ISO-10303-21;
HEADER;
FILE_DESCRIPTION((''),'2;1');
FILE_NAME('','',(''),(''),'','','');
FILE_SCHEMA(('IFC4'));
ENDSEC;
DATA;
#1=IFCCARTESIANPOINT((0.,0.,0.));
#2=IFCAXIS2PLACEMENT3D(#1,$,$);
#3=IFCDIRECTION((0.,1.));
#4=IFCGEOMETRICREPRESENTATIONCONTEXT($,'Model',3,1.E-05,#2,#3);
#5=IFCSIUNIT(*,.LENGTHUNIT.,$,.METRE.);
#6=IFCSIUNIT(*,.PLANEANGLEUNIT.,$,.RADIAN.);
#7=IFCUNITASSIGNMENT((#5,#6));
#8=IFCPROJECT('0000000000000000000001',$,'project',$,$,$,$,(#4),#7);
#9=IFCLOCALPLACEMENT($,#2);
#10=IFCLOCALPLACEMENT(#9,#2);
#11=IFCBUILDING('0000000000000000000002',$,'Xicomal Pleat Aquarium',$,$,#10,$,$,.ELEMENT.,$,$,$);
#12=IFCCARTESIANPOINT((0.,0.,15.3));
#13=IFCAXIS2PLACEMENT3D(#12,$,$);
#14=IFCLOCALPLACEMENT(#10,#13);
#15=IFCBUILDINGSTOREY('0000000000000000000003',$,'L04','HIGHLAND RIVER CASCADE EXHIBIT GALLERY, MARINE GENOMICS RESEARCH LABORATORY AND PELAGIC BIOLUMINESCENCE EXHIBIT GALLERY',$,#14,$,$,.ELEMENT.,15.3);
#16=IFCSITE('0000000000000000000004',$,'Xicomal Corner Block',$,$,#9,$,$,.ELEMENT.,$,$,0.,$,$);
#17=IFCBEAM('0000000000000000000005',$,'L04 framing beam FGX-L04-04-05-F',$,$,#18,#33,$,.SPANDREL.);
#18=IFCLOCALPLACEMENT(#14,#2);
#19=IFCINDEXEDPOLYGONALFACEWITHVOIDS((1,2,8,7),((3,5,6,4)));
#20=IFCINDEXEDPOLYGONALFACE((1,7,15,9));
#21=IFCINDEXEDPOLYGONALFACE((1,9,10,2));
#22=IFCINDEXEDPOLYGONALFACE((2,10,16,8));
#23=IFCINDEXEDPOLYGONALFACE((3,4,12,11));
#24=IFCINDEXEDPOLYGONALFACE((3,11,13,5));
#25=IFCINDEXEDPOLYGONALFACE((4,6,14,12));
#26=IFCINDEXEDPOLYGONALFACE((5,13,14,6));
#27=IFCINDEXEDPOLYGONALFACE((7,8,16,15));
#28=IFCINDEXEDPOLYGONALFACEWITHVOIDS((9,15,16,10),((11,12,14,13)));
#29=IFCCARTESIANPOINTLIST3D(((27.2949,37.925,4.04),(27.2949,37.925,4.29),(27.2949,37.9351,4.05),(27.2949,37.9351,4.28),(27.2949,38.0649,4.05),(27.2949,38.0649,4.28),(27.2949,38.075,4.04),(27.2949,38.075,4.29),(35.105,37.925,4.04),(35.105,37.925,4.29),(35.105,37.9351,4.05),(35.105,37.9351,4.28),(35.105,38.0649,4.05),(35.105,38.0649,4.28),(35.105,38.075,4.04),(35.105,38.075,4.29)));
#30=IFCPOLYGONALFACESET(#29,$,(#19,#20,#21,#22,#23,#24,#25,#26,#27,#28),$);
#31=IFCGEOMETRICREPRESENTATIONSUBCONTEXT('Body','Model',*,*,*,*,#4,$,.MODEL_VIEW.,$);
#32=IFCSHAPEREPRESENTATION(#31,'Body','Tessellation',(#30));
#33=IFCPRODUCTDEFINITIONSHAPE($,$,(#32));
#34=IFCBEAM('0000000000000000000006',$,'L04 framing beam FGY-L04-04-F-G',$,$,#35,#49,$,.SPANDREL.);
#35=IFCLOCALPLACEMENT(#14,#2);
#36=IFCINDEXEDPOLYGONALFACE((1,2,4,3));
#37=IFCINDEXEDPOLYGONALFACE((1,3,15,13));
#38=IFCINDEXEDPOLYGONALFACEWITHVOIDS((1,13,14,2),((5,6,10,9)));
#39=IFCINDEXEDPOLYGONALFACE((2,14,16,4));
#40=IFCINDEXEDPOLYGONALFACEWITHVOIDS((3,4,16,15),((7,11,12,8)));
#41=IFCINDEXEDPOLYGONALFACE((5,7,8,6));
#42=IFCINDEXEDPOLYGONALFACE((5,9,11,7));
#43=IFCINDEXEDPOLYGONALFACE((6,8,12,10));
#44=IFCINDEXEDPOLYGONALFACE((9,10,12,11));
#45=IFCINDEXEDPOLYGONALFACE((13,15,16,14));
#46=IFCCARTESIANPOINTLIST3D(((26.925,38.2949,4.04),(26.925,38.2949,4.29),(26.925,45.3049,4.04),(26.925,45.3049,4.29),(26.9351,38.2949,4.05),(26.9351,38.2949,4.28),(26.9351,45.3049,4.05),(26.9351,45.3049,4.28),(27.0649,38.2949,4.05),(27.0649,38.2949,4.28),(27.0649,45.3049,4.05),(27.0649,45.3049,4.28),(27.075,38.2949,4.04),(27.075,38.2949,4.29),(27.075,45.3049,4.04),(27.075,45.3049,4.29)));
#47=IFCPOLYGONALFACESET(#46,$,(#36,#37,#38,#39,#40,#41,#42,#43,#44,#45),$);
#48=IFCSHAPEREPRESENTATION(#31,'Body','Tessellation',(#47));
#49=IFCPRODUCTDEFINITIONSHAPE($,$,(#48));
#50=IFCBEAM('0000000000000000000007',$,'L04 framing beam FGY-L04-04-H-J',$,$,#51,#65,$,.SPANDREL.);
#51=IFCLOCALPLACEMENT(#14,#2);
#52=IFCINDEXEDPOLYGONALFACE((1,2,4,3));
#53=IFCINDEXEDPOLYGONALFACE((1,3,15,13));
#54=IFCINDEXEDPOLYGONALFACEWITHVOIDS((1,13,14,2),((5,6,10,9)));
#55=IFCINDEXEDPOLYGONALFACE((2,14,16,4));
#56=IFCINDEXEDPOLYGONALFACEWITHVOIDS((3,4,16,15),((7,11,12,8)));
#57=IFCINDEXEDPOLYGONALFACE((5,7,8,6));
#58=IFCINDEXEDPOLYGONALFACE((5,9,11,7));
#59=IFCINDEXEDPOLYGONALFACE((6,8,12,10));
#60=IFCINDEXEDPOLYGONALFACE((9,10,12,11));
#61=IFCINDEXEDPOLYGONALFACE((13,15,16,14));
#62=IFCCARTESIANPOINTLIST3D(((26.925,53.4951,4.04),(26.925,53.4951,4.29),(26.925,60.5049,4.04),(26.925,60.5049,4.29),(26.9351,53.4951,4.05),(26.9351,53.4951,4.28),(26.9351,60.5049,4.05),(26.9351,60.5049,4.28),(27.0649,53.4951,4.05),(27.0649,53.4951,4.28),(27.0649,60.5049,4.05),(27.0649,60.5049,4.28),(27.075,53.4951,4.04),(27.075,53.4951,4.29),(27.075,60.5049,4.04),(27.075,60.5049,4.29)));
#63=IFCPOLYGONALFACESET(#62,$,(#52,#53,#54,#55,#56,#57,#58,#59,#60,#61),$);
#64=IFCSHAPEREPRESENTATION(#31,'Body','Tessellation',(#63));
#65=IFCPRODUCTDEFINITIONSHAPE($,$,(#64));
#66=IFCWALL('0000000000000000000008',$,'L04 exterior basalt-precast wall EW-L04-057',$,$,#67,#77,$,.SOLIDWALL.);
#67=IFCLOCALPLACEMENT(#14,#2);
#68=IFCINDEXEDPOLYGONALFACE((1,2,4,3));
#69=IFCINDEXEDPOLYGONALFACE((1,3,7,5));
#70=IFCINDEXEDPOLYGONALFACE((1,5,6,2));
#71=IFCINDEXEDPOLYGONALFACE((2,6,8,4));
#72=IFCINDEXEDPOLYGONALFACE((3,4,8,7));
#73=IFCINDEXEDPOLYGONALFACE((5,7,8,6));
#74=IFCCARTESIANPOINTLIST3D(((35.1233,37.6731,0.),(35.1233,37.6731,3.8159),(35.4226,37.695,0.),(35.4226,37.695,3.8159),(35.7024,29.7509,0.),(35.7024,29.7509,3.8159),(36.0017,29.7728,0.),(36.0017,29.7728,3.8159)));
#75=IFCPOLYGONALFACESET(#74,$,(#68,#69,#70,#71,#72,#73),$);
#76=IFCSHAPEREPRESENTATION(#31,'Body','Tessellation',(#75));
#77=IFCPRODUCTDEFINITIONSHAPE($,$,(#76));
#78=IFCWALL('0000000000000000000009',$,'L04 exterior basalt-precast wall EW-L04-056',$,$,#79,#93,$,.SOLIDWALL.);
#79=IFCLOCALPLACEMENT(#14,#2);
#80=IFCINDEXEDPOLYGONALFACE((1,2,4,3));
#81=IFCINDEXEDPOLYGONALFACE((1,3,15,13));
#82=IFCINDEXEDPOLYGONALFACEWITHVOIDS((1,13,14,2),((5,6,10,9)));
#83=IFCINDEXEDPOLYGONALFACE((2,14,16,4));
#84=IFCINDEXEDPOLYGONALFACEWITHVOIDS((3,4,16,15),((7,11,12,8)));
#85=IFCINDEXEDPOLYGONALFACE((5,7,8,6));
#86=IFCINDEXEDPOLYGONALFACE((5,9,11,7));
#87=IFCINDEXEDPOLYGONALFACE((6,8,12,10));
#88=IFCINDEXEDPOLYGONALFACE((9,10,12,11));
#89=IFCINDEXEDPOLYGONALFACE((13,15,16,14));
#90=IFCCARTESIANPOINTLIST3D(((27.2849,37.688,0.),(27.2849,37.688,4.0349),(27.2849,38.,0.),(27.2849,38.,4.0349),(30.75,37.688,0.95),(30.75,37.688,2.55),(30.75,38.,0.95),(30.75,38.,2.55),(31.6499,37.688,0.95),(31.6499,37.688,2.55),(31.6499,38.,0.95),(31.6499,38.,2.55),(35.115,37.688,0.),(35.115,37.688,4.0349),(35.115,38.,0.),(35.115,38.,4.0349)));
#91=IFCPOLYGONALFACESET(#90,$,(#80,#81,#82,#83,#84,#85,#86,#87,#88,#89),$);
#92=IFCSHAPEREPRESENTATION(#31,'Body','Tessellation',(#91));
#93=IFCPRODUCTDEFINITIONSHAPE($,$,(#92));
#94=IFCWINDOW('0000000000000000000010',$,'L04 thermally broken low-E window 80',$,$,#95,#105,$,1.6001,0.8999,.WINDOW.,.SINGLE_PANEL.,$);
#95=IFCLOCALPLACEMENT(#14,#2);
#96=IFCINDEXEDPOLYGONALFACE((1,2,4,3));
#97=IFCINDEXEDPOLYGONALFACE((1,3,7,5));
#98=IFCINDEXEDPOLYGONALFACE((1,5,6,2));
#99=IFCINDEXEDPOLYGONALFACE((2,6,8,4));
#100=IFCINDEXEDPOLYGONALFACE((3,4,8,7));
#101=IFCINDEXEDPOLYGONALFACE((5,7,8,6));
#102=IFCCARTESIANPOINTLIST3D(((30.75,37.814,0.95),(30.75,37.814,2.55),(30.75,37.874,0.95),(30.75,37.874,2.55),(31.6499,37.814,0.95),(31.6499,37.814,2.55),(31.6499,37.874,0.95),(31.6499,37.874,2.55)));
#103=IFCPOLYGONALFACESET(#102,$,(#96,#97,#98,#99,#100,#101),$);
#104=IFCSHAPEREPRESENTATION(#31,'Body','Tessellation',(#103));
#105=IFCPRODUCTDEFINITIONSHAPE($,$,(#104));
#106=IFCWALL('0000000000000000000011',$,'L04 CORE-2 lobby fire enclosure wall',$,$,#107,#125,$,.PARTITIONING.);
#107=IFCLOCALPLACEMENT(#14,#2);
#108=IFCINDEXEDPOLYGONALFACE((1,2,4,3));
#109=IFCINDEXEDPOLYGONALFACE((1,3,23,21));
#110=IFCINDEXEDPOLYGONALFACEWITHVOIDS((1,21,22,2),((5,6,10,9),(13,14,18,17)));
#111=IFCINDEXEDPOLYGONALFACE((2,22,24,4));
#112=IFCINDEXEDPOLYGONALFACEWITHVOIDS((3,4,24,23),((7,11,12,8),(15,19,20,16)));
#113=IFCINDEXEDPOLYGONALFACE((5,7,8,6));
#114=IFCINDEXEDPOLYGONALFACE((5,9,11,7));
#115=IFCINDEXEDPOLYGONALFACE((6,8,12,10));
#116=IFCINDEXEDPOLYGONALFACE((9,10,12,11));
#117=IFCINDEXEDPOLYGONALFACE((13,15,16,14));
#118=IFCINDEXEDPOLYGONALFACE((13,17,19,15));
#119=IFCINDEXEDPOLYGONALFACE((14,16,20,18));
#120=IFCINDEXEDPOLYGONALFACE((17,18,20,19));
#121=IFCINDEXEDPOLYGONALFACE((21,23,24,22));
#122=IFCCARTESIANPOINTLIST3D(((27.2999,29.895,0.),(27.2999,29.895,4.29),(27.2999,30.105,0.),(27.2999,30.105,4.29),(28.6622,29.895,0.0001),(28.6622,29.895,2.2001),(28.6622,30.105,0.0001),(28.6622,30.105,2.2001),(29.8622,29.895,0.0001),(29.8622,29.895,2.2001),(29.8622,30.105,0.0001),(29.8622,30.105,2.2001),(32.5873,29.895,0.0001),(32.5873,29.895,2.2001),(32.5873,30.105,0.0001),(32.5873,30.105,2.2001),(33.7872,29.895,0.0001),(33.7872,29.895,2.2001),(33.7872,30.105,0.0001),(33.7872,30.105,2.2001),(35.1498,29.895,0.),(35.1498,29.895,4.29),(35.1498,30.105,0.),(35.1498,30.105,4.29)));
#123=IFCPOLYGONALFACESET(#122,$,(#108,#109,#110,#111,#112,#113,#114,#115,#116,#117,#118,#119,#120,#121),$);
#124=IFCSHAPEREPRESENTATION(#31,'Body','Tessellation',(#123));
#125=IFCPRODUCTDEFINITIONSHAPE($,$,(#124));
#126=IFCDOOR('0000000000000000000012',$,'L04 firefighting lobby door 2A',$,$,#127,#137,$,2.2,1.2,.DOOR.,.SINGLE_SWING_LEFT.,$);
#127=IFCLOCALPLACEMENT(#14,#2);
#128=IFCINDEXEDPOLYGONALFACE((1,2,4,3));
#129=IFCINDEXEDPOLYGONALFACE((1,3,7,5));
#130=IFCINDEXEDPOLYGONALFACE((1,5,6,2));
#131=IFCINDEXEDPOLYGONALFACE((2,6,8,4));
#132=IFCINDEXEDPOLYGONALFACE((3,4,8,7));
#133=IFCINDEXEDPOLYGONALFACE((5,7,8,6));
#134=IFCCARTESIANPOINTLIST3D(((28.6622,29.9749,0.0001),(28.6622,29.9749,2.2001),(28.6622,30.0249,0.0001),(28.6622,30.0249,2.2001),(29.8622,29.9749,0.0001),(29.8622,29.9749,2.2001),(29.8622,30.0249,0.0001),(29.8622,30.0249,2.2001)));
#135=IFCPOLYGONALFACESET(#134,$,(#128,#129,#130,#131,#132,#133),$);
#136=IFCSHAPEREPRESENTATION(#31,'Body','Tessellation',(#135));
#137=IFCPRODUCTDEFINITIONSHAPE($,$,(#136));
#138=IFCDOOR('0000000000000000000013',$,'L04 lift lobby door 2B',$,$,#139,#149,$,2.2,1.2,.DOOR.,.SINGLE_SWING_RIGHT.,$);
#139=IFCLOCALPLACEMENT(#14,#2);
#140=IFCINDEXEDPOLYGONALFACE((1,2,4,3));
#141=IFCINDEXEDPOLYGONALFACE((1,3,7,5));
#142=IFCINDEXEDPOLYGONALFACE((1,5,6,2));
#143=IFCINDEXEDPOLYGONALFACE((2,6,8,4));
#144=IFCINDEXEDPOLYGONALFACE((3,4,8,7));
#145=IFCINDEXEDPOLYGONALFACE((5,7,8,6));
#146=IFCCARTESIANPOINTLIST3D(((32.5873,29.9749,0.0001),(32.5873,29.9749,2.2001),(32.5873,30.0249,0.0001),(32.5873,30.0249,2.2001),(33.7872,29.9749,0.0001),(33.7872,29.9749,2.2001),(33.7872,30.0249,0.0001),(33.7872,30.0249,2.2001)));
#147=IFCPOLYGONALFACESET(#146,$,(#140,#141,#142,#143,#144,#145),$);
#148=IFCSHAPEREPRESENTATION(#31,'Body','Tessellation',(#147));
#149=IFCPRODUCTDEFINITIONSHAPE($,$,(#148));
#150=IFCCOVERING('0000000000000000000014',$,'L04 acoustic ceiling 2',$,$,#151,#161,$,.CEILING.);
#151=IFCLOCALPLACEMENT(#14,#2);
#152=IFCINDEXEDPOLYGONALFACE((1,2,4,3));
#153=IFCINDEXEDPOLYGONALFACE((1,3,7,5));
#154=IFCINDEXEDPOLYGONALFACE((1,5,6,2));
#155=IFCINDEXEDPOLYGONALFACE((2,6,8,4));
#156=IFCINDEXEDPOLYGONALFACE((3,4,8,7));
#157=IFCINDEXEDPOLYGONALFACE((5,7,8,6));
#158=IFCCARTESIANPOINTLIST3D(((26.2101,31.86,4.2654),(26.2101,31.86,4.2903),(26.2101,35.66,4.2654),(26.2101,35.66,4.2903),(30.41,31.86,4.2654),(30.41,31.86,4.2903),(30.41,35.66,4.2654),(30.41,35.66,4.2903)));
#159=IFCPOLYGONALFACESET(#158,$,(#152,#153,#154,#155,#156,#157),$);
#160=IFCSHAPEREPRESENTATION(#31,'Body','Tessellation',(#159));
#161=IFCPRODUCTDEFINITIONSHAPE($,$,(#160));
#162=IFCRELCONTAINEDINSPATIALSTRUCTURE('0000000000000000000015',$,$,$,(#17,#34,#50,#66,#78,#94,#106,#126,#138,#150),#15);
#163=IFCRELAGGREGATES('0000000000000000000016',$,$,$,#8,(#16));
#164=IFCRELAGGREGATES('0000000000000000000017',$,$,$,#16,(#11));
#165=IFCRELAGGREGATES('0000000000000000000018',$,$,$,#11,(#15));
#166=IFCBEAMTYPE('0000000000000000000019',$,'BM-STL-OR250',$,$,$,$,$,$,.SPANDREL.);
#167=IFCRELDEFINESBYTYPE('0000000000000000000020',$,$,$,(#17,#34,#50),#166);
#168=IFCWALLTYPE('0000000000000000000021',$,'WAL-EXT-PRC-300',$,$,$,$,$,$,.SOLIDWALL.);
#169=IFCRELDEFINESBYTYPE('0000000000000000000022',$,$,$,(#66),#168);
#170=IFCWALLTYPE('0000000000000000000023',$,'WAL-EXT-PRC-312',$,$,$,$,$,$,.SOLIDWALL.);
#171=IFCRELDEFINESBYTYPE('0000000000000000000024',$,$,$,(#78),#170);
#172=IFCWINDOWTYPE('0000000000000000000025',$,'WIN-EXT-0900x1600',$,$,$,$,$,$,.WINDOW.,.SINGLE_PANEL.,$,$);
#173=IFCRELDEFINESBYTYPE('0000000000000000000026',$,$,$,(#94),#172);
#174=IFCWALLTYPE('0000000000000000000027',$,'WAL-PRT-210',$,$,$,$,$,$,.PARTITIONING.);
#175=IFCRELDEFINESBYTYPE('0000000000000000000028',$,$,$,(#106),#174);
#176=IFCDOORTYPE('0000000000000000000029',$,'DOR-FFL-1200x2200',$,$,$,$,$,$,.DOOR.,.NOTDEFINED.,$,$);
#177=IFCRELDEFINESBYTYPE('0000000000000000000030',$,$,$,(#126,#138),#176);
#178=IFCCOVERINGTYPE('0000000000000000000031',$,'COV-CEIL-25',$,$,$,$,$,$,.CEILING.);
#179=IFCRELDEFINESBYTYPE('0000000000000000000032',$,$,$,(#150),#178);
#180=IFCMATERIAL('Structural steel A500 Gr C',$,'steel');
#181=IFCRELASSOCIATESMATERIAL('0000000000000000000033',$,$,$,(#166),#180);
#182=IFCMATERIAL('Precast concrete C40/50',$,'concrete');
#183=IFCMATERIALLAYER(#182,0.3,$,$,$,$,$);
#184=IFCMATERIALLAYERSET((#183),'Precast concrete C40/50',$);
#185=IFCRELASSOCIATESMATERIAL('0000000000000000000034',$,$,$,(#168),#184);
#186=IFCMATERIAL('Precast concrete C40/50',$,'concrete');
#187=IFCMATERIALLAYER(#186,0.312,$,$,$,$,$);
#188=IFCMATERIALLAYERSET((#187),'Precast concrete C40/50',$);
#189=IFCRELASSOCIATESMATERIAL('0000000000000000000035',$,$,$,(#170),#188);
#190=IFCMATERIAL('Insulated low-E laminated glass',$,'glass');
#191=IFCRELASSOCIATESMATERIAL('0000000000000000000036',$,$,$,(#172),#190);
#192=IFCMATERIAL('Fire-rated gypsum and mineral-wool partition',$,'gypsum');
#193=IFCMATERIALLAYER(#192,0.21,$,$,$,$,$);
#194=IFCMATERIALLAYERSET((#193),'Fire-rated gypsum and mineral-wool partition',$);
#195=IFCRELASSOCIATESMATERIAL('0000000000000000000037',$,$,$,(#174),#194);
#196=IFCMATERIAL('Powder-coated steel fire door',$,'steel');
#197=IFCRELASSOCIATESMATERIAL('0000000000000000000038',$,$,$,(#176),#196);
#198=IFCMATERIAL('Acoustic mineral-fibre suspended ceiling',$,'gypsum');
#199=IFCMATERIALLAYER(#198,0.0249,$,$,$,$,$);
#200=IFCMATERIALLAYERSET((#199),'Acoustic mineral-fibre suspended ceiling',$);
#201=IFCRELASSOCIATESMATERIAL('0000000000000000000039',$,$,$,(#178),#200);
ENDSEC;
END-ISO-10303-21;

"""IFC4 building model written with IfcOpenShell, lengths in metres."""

from ifc_helpers import new_model, si_unit, direction, frame, frame_2d, origin, origin_2d, place, context, subcontext, project, spatial, rectangle, hollow_rectangle, extrude, material, layer, layer_set, material_profile, profile_set, type_object, element, fill, save


model = new_model("IFC4")

# Units and contexts
model_context = context("Model", 3, precision=1e-05, world=origin(), true_north=direction((0.0, 1.0)))
body_context = subcontext(model_context, "Body", "Model", "MODEL_VIEW")
ifc_project = project(units=[si_unit("LENGTHUNIT", "METRE"), si_unit("PLANEANGLEUNIT", "RADIAN")], contexts=[model_context])

# Site, building, storey
site_placement = place(None, origin())
site = spatial("IfcSite", under=ifc_project, at=site_placement, Name="Xicomal Corner Block", CompositionType="ELEMENT", RefElevation=0.0)
building_placement = place(site_placement, origin())
building = spatial("IfcBuilding", under=site, at=building_placement, Name="Xicomal Pleat Aquarium", CompositionType="ELEMENT")
storey_placement = place(building_placement, frame((0.0, 0.0, 15.3)))
storey = spatial("IfcBuildingStorey", under=building, at=storey_placement, Name="L04", Description="HIGHLAND RIVER CASCADE EXHIBIT GALLERY, MARINE GENOMICS RESEARCH LABORATORY AND PELAGIC BIOLUMINESCENCE EXHIBIT GALLERY", CompositionType="ELEMENT", Elevation=15.3)

# Beams
ifc_material_1 = material(Name="Structural steel A500 Gr C", Category="steel")
ifc_material_profile_1 = material_profile(ifc_material_1, hollow_rectangle(XDim=0.1499, YDim=0.25, WallThickness=0.01, at=origin_2d()), Name="OR 250x150x10")
ifc_profile_set_1 = profile_set([ifc_material_profile_1], Name="Structural steel A500 Gr C")
beam_type_1 = type_object("IfcBeamType", Name="BM-STL-OR250", PredefinedType="SPANDREL", material=ifc_profile_set_1)
beam_1_placement = place(storey_placement, frame((27.2949, 38.0, 4.165), z_axis=(1.0, 0.0, 0.0), x_axis=(0.0, 1.0, 0.0)))
element("IfcBeam", 1, at=beam_1_placement, inside=storey, type_object=beam_type_1, Name="L04 framing beam FGX-L04-04-05-F", PredefinedType="SPANDREL", context=body_context, shape_type="SweptSolid", body=[
    extrude(hollow_rectangle(XDim=0.1499, YDim=0.25, WallThickness=0.01, at=origin_2d()), origin(), (0.0, 0.0, 1.0), 7.8101),
])
beam_2_placement = place(storey_placement, frame((27.0, 38.2949, 4.165), z_axis=(0.0, 1.0, 0.0), x_axis=(-1.0, 0.0, 0.0)))
element("IfcBeam", 2, at=beam_2_placement, inside=storey, type_object=beam_type_1, Name="L04 framing beam FGY-L04-04-F-G", PredefinedType="SPANDREL", context=body_context, shape_type="SweptSolid", body=[
    extrude(hollow_rectangle(XDim=0.1499, YDim=0.25, WallThickness=0.01, at=origin_2d()), origin(), (0.0, 0.0, 1.0), 7.01),
])
beam_3_placement = place(storey_placement, frame((27.0, 53.4951, 4.165), z_axis=(0.0, 1.0, 0.0), x_axis=(-1.0, 0.0, 0.0)))
element("IfcBeam", 3, at=beam_3_placement, inside=storey, type_object=beam_type_1, Name="L04 framing beam FGY-L04-04-H-J", PredefinedType="SPANDREL", context=body_context, shape_type="SweptSolid", body=[
    extrude(hollow_rectangle(XDim=0.1499, YDim=0.25, WallThickness=0.01, at=origin_2d()), origin(), (0.0, 0.0, 1.0), 7.0098),
])

# Wall
ifc_material_2 = material(Name="Precast concrete C40/50", Category="concrete")
ifc_layer_1 = layer(ifc_material_2, 0.3)
ifc_layer_set_1 = layer_set([ifc_layer_1], Name="Precast concrete C40/50")
wall_type_1 = type_object("IfcWallType", Name="WAL-EXT-PRC-300", PredefinedType="SOLIDWALL", material=ifc_layer_set_1)
wall_1_placement = place(storey_placement, frame((35.2729, 37.6841, 0.0), z_axis=(0.0, 0.0, 1.0), x_axis=(0.072905, -0.997339, 0.0)))
element("IfcWall", 4, at=wall_1_placement, inside=storey, type_object=wall_type_1, Name="L04 exterior basalt-precast wall EW-L04-057", PredefinedType="SOLIDWALL", context=body_context, shape_type="SweptSolid", body=[
    extrude(rectangle(XDim=7.9434, YDim=0.3, at=frame_2d((3.9717, 0.0))), origin(), (0.0, 0.0, 1.0), 3.8159),
])

# Wall, opening, window
ifc_material_3 = material(Name="Precast concrete C40/50", Category="concrete")
ifc_layer_2 = layer(ifc_material_3, 0.312)
ifc_layer_set_2 = layer_set([ifc_layer_2], Name="Precast concrete C40/50")
wall_type_2 = type_object("IfcWallType", Name="WAL-EXT-PRC-312", PredefinedType="SOLIDWALL", material=ifc_layer_set_2)
wall_2_placement = place(storey_placement, frame((27.2849, 37.844, 0.0), z_axis=(0.0, 0.0, 1.0), x_axis=(1.0, 0.0, 0.0)))
wall_2 = element("IfcWall", 5, at=wall_2_placement, inside=storey, type_object=wall_type_2, Name="L04 exterior basalt-precast wall EW-L04-056", PredefinedType="SOLIDWALL", context=body_context, shape_type="SweptSolid", body=[
    extrude(rectangle(XDim=7.8301, YDim=0.312, at=frame_2d((3.915, 0.0))), origin(), (0.0, 0.0, 1.0), 4.0349),
])
opening_1_placement = place(wall_2_placement, frame((3.4651, 0.0, 0.95)))
opening_1 = element("IfcOpeningElement", 6, at=opening_1_placement, cuts=wall_2, PredefinedType="OPENING", context=body_context, shape_type="SweptSolid", body=[
    extrude(rectangle(XDim=0.8999, YDim=1.6001, at=frame_2d((0.45, 0.8))), frame((0.0, 0.166, 0.0), z_axis=(0.0, -1.0, 0.0), x_axis=(1.0, 0.0, 0.0)), (0.0, 0.0, 1.0), 0.332),
])
ifc_material_4 = material(Name="Insulated low-E laminated glass", Category="glass")
window_type = type_object("IfcWindowType", Name="WIN-EXT-0900x1600", PartitioningType="SINGLE_PANEL", PredefinedType="WINDOW", material=ifc_material_4)
window_placement = place(opening_1_placement, origin())
window = element("IfcWindow", 7, at=window_placement, inside=storey, type_object=window_type, Name="L04 thermally broken low-E window 80", OverallHeight=1.6001, OverallWidth=0.8999, PartitioningType="SINGLE_PANEL", PredefinedType="WINDOW", context=body_context, shape_type="SweptSolid", body=[
    extrude(rectangle(XDim=0.8999, YDim=1.6001, at=frame_2d((0.45, 0.8))), frame((0.0, 0.03, 0.0), z_axis=(0.0, -1.0, 0.0), x_axis=(1.0, 0.0, 0.0)), (0.0, 0.0, 1.0), 0.0601),
])
fill(opening_1, window)

# Wall, openings, doors
ifc_material_5 = material(Name="Fire-rated gypsum and mineral-wool partition", Category="gypsum")
ifc_layer_3 = layer(ifc_material_5, 0.21)
ifc_layer_set_3 = layer_set([ifc_layer_3], Name="Fire-rated gypsum and mineral-wool partition")
wall_type_3 = type_object("IfcWallType", Name="WAL-PRT-210", PredefinedType="PARTITIONING", material=ifc_layer_set_3)
wall_3_placement = place(storey_placement, frame((27.3, 30.0, 0.0), z_axis=(0.0, 0.0, 1.0), x_axis=(1.0, 0.0, 0.0)))
wall_3 = element("IfcWall", 8, at=wall_3_placement, inside=storey, type_object=wall_type_3, Name="L04 CORE-2 lobby fire enclosure wall", PredefinedType="PARTITIONING", context=body_context, shape_type="SweptSolid", body=[
    extrude(rectangle(XDim=7.8499, YDim=0.21, at=frame_2d((3.9248, 0.0))), origin(), (0.0, 0.0, 1.0), 4.29),
])
opening_2_placement = place(wall_3_placement, frame((1.3621, 0.0, 0.0)))
opening_2 = element("IfcOpeningElement", 9, at=opening_2_placement, cuts=wall_3, PredefinedType="OPENING", context=body_context, shape_type="SweptSolid", body=[
    extrude(rectangle(XDim=1.2, YDim=2.2, at=frame_2d((0.6001, 1.1001))), frame((0.0, 0.115, 0.0), z_axis=(0.0, -1.0, 0.0), x_axis=(1.0, 0.0, 0.0)), (0.0, 0.0, 1.0), 0.23),
])
opening_3_placement = place(wall_3_placement, frame((5.2871, 0.0, 0.0)))
opening_3 = element("IfcOpeningElement", 10, at=opening_3_placement, cuts=wall_3, PredefinedType="OPENING", context=body_context, shape_type="SweptSolid", body=[
    extrude(rectangle(XDim=1.2, YDim=2.2, at=frame_2d((0.6001, 1.1001))), frame((0.0, 0.115, 0.0), z_axis=(0.0, -1.0, 0.0), x_axis=(1.0, 0.0, 0.0)), (0.0, 0.0, 1.0), 0.23),
])
ifc_material_6 = material(Name="Powder-coated steel fire door", Category="steel")
door_type = type_object("IfcDoorType", Name="DOR-FFL-1200x2200", OperationType="NOTDEFINED", PredefinedType="DOOR", material=ifc_material_6)
door_1_placement = place(opening_2_placement, origin())
door_1 = element("IfcDoor", 11, at=door_1_placement, inside=storey, type_object=door_type, Name="L04 firefighting lobby door 2A", OperationType="SINGLE_SWING_LEFT", OverallHeight=2.2, OverallWidth=1.2, PredefinedType="DOOR", context=body_context, shape_type="SweptSolid", body=[
    extrude(rectangle(XDim=1.2, YDim=2.2, at=frame_2d((0.6001, 1.1001))), frame((0.0, 0.0249, 0.0), z_axis=(0.0, -1.0, 0.0), x_axis=(1.0, 0.0, 0.0)), (0.0, 0.0, 1.0), 0.05),
])
fill(opening_2, door_1)
door_2_placement = place(opening_3_placement, origin())
door_2 = element("IfcDoor", 12, at=door_2_placement, inside=storey, type_object=door_type, Name="L04 lift lobby door 2B", OperationType="SINGLE_SWING_RIGHT", OverallHeight=2.2, OverallWidth=1.2, PredefinedType="DOOR", context=body_context, shape_type="SweptSolid", body=[
    extrude(rectangle(XDim=1.2, YDim=2.2, at=frame_2d((0.6001, 1.1001))), frame((0.0, 0.0249, 0.0), z_axis=(0.0, -1.0, 0.0), x_axis=(1.0, 0.0, 0.0)), (0.0, 0.0, 1.0), 0.05),
])
fill(opening_3, door_2)

# Covering
ifc_material_7 = material(Name="Acoustic mineral-fibre suspended ceiling", Category="gypsum")
ifc_layer_4 = layer(ifc_material_7, 0.0249)
ifc_layer_set_4 = layer_set([ifc_layer_4], Name="Acoustic mineral-fibre suspended ceiling")
covering_type_1 = type_object("IfcCoveringType", Name="COV-CEIL-25", PredefinedType="CEILING", material=ifc_layer_set_4)
covering_1_placement = place(storey_placement, frame((28.3101, 33.76, 4.2654), z_axis=(0.0, 0.0, 1.0), x_axis=(1.0, 0.0, 0.0)))
element("IfcCovering", 13, at=covering_1_placement, inside=storey, type_object=covering_type_1, Name="L04 acoustic ceiling 2", PredefinedType="CEILING", context=body_context, shape_type="SweptSolid", body=[
    extrude(rectangle(XDim=4.2, YDim=3.8, at=origin_2d()), origin(), (0.0, 0.0, 1.0), 0.0249),
])

save(model, "model.ifc")
